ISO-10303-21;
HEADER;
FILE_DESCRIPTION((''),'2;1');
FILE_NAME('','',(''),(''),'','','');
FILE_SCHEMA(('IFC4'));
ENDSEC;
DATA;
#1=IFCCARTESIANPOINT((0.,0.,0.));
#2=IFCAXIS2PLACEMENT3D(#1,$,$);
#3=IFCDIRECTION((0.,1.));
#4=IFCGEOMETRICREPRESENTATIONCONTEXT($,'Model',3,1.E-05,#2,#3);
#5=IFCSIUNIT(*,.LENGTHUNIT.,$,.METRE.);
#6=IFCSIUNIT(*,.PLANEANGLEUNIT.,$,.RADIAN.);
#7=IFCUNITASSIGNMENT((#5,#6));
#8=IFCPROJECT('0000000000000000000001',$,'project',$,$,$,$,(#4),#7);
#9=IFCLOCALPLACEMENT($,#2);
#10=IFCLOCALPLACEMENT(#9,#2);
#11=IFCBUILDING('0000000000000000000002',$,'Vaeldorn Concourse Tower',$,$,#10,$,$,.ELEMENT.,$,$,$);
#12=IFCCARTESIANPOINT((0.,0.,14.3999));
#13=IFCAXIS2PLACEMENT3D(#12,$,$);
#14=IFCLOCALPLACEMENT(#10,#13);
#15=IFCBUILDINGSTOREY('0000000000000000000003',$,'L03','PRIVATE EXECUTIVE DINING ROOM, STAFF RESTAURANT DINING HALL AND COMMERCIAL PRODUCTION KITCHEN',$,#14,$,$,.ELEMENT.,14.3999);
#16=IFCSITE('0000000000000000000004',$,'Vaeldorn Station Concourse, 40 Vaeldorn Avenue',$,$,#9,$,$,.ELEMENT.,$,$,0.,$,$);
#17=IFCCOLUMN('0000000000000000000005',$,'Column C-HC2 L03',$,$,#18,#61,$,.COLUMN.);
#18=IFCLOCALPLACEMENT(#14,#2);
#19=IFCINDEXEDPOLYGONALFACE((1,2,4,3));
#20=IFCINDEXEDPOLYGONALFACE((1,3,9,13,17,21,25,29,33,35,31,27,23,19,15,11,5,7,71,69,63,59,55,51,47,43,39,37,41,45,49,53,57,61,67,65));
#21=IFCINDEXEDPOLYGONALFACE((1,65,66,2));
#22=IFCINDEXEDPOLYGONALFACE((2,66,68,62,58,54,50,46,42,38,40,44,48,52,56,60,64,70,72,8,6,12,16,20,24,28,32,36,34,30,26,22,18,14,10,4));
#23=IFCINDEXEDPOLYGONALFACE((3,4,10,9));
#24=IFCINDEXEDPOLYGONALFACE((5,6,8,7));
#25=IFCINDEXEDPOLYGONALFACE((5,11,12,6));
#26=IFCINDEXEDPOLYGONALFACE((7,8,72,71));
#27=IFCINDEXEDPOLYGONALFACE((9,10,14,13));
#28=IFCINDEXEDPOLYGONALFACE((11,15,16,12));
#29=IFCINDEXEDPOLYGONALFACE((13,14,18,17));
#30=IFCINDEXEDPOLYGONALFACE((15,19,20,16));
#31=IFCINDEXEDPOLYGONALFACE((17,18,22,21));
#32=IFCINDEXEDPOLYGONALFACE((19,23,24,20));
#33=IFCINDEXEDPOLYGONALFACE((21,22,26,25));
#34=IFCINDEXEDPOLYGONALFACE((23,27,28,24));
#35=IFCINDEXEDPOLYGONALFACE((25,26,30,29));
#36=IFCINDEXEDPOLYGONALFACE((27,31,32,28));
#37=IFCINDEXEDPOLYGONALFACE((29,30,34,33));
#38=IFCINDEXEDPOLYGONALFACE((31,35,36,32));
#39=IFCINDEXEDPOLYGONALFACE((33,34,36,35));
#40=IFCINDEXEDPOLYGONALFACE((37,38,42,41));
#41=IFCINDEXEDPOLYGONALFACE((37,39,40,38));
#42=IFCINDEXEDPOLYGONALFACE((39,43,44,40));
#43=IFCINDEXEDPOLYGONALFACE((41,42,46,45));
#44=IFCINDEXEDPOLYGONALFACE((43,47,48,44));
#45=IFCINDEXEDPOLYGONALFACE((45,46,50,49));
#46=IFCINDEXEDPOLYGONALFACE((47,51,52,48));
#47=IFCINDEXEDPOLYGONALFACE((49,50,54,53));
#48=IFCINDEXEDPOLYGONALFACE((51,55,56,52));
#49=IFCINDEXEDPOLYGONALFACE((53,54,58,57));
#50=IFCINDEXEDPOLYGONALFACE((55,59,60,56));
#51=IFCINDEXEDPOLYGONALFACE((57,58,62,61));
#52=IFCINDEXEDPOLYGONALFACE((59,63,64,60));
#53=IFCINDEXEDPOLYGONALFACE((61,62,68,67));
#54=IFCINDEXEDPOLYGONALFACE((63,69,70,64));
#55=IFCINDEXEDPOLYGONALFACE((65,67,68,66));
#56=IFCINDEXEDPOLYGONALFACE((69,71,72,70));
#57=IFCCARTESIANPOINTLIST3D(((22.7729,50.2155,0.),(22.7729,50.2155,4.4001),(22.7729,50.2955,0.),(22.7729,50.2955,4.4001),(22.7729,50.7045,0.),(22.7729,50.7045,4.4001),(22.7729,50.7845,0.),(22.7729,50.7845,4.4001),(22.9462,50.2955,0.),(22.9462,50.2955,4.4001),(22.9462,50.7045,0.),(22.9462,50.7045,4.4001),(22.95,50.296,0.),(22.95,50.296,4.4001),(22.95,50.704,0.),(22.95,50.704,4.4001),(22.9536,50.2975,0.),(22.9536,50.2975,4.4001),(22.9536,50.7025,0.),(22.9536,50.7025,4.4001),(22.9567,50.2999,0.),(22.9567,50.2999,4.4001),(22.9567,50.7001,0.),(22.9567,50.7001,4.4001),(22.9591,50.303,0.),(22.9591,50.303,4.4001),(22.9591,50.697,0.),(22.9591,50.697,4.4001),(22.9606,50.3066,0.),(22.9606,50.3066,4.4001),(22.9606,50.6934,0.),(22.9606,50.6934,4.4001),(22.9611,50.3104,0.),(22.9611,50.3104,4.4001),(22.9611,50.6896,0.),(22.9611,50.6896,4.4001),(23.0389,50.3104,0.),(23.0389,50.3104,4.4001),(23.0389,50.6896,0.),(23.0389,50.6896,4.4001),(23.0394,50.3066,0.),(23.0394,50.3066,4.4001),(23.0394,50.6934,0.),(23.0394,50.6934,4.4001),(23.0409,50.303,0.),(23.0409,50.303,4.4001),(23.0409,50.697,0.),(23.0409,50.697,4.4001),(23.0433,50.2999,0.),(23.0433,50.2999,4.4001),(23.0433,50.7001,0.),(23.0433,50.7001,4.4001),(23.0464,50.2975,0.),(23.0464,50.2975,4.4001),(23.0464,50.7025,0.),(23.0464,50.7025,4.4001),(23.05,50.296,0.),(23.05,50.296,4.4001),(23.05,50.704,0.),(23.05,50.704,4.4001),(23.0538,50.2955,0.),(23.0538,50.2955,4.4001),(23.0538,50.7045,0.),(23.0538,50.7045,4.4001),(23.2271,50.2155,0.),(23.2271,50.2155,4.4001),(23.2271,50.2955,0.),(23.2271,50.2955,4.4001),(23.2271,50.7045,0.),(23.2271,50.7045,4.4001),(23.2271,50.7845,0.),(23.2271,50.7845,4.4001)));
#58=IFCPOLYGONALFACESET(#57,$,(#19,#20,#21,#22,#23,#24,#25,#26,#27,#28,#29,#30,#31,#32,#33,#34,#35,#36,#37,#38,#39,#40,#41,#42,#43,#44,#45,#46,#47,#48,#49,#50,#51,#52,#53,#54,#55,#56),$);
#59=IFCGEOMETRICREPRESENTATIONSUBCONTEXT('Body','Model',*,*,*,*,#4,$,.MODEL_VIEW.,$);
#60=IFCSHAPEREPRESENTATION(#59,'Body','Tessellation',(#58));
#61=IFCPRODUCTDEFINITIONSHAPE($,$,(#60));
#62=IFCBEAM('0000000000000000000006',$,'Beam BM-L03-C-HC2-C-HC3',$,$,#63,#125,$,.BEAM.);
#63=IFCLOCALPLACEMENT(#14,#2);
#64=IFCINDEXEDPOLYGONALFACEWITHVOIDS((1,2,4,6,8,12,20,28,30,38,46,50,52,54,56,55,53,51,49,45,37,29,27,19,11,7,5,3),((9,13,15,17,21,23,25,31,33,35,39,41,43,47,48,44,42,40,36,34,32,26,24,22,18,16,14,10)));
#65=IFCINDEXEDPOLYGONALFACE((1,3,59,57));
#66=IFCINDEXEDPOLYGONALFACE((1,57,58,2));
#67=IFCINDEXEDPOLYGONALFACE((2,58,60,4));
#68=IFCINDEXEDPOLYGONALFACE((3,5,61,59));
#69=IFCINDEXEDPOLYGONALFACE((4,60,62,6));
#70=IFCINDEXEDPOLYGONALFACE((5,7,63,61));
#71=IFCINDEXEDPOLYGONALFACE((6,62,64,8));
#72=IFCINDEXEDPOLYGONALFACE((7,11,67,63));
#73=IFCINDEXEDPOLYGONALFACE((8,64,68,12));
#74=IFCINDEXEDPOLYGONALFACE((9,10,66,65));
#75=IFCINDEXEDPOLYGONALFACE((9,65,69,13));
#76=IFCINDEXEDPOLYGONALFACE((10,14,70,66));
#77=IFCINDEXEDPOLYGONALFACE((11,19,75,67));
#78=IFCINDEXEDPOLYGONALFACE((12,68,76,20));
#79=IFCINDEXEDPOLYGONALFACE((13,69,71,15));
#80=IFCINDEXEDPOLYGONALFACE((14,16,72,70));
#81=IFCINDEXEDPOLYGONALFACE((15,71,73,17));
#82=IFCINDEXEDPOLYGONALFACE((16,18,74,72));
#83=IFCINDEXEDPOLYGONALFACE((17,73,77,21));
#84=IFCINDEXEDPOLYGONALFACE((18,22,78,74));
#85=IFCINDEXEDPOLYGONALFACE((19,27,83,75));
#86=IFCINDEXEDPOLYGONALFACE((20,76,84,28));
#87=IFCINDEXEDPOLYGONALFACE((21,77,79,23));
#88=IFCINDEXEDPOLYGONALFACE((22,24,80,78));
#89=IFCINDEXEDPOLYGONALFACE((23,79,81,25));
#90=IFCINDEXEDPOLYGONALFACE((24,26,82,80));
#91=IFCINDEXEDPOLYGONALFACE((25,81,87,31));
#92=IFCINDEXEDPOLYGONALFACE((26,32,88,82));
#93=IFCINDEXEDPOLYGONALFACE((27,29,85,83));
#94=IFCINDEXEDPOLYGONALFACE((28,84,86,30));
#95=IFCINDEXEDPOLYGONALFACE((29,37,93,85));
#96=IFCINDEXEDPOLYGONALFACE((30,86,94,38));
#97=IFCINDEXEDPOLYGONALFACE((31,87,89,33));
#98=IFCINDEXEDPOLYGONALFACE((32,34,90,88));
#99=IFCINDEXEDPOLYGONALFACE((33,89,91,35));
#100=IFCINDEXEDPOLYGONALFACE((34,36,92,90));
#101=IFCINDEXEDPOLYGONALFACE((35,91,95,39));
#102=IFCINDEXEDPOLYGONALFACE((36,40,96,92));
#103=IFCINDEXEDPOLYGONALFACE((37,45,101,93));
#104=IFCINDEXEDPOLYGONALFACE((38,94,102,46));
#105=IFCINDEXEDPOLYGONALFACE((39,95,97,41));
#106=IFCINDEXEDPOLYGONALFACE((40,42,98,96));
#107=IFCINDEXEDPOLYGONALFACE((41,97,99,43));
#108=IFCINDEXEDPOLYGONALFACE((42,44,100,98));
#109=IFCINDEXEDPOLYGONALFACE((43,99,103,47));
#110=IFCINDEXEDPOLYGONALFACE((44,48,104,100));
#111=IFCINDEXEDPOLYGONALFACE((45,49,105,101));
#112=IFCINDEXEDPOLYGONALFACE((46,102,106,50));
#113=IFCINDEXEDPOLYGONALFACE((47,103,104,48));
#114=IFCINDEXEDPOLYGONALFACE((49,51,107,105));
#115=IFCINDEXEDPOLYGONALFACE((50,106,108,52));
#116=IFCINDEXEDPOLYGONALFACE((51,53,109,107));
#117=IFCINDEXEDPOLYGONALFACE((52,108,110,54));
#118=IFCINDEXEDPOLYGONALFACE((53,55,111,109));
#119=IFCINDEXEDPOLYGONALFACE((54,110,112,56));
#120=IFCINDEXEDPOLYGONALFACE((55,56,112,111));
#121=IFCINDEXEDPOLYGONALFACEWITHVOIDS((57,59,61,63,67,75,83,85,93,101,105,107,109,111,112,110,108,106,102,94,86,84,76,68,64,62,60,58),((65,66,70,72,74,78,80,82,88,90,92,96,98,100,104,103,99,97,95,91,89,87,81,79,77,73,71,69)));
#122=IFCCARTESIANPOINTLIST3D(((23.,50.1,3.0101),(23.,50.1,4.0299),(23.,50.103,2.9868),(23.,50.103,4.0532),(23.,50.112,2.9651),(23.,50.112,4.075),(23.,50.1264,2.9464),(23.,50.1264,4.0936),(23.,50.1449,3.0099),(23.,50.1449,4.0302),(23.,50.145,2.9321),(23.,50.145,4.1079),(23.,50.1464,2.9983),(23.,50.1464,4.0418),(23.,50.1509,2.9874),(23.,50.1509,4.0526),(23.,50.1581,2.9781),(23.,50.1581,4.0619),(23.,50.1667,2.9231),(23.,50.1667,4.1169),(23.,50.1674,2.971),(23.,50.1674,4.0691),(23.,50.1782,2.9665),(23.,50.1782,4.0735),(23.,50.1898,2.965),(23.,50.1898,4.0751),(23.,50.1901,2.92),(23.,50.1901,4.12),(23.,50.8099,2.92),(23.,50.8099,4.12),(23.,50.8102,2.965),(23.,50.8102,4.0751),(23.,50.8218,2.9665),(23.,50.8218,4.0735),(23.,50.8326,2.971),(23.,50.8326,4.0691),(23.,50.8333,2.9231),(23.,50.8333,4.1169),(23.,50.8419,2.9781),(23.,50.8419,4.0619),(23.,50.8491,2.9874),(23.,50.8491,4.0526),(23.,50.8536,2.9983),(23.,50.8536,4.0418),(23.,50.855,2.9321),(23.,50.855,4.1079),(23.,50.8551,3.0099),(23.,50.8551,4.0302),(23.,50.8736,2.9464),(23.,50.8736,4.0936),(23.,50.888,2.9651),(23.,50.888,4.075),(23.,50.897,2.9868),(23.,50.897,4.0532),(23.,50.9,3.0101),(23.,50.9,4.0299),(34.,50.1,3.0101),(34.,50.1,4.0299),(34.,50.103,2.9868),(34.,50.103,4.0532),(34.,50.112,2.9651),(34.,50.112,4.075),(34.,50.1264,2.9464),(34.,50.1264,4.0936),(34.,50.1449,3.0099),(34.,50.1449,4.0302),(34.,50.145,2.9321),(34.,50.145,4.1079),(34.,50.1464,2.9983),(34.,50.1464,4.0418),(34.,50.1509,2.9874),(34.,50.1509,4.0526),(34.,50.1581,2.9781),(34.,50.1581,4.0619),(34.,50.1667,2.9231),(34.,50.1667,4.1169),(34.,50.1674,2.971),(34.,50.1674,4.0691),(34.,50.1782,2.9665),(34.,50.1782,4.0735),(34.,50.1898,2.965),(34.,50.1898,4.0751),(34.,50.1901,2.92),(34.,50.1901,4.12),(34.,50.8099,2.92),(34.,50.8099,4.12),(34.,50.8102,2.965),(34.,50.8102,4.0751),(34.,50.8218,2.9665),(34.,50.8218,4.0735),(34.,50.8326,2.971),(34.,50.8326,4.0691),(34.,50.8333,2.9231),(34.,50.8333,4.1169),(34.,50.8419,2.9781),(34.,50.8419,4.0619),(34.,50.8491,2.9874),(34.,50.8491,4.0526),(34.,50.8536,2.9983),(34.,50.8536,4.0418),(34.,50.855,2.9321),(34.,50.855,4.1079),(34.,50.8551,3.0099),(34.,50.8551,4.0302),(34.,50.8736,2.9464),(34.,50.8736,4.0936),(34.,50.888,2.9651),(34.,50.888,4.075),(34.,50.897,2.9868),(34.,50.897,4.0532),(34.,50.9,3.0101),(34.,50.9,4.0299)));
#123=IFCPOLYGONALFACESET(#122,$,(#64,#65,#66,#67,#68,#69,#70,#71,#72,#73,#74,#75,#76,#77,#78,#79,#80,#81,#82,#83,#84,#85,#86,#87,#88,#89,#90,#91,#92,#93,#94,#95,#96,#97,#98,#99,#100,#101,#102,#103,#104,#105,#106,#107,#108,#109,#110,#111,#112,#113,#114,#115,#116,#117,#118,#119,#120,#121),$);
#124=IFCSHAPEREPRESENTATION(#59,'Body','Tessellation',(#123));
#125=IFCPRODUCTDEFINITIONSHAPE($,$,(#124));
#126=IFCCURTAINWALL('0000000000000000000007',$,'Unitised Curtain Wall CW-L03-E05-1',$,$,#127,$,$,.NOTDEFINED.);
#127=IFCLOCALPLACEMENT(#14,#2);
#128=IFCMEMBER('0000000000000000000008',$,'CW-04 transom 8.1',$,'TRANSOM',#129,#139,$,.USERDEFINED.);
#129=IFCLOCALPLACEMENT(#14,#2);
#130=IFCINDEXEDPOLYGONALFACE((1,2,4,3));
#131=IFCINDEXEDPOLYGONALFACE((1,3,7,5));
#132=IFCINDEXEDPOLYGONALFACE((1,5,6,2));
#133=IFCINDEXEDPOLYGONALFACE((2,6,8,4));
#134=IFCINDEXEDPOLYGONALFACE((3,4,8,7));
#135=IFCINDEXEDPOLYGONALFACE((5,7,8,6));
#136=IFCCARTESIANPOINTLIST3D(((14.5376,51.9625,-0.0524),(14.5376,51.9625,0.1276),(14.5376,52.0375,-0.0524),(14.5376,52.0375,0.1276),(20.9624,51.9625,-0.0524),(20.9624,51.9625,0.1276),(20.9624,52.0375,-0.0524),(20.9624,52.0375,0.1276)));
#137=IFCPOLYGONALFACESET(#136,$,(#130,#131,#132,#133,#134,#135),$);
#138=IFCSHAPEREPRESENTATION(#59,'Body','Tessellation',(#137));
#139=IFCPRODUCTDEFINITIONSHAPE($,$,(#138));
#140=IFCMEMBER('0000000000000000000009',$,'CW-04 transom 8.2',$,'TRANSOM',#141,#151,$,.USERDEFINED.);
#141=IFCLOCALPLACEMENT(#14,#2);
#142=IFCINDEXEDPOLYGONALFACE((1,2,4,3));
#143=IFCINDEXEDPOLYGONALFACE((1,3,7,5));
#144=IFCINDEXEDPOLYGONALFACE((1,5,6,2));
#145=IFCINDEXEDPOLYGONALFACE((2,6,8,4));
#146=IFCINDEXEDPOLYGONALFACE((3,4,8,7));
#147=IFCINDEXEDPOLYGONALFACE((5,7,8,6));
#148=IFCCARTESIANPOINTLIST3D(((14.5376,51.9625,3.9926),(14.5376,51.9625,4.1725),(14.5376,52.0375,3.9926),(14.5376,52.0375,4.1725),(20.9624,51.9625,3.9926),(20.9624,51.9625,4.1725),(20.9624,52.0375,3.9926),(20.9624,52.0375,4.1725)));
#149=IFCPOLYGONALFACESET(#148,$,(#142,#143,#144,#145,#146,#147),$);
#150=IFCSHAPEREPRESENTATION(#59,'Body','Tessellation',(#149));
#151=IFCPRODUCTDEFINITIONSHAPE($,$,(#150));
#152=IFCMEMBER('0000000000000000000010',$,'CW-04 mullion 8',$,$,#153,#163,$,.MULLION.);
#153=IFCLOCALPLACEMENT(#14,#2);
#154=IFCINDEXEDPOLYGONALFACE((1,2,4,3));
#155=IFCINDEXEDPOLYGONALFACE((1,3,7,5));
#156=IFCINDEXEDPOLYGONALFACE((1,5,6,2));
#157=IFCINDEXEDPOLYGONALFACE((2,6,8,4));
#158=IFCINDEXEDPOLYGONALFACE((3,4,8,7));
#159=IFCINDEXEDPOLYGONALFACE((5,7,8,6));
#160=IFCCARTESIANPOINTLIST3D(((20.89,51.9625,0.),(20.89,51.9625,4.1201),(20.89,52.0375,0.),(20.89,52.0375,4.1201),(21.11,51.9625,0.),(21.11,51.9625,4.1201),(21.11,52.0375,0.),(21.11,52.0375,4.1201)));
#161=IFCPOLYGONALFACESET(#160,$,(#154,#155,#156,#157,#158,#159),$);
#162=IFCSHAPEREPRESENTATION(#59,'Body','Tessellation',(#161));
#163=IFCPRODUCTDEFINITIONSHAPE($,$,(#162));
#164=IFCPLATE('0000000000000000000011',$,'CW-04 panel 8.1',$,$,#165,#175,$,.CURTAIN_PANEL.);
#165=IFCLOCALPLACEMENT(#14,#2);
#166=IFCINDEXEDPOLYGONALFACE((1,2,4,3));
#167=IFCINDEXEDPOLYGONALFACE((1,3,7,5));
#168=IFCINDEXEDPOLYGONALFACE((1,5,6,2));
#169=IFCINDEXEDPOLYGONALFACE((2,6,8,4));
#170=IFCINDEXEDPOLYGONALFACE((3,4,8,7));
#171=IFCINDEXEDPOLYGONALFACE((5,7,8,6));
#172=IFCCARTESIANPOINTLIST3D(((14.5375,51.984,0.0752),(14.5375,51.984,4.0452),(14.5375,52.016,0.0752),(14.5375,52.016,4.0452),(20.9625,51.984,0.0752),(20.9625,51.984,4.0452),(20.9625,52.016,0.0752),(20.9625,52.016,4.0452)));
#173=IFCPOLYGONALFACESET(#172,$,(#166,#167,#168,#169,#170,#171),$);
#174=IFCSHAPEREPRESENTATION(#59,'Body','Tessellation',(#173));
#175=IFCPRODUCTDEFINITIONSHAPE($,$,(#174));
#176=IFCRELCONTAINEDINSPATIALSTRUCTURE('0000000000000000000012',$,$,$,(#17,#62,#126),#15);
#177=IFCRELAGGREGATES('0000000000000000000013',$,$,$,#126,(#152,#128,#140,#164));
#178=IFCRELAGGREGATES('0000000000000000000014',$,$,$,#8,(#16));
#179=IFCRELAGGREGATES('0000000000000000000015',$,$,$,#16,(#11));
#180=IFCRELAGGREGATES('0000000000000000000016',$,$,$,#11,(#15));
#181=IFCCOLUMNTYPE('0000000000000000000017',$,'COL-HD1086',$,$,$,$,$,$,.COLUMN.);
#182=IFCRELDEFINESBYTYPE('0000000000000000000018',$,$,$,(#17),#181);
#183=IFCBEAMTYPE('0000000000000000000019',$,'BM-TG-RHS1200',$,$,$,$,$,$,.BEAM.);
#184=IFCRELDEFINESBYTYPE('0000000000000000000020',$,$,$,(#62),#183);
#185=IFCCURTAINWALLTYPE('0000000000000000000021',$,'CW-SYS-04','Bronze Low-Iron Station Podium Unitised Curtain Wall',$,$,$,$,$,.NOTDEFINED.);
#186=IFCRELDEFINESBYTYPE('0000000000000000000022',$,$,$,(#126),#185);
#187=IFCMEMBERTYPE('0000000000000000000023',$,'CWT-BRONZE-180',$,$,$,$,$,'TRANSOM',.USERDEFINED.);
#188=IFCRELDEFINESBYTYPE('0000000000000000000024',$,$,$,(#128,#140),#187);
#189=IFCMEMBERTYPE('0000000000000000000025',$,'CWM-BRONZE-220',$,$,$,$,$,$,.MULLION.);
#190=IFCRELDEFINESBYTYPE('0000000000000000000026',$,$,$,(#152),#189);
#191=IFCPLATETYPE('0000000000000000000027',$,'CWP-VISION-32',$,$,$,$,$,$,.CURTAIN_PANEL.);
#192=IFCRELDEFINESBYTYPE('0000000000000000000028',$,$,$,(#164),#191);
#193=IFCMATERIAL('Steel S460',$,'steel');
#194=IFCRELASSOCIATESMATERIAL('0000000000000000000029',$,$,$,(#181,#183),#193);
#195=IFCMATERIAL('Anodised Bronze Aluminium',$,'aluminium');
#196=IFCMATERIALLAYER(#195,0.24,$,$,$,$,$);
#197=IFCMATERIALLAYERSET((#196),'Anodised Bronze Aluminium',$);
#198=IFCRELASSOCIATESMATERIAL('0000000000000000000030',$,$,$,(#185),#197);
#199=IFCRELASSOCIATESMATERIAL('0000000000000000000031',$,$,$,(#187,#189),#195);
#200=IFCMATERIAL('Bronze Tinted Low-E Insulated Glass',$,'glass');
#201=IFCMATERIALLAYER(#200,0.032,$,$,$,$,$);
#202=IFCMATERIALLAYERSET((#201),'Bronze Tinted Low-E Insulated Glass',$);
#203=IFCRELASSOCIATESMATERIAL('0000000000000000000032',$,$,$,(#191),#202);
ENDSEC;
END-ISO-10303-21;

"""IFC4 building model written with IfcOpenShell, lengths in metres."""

from ifc_helpers import new_model, si_unit, direction, frame, origin, origin_2d, place, context, subcontext, project, spatial, rectangle, hollow_rectangle, i_section, extrude, source, transform, mapped, material, layer, layer_set, material_profile, profile_set, type_object, element, aggregate, save


model = new_model("IFC4")

# Units and contexts
model_context = context("Model", 3, precision=1e-05, world=origin(), true_north=direction((0.0, 1.0)))
body_context = subcontext(model_context, "Body", "Model", "MODEL_VIEW")
ifc_project = project(units=[si_unit("LENGTHUNIT", "METRE"), si_unit("PLANEANGLEUNIT", "RADIAN")], contexts=[model_context])

# Site, building, storey
site_placement = place(None, origin())
site = spatial("IfcSite", under=ifc_project, at=site_placement, Name="Vaeldorn Station Concourse, 40 Vaeldorn Avenue", CompositionType="ELEMENT", RefElevation=0.0)
building_placement = place(site_placement, origin())
building = spatial("IfcBuilding", under=site, at=building_placement, Name="Vaeldorn Concourse Tower", CompositionType="ELEMENT")
storey_placement = place(building_placement, frame((0.0, 0.0, 14.3999)))
storey = spatial("IfcBuildingStorey", under=building, at=storey_placement, Name="L03", Description="PRIVATE EXECUTIVE DINING ROOM, STAFF RESTAURANT DINING HALL AND COMMERCIAL PRODUCTION KITCHEN", CompositionType="ELEMENT", Elevation=14.3999)

# Column
ifc_material_1 = material(Name="Steel S460", Category="steel")
ifc_material_profile_1 = material_profile(ifc_material_1, i_section(OverallWidth=0.4541, OverallDepth=0.5691, WebThickness=0.0779, FlangeThickness=0.0801, FilletRadius=0.0149, at=origin_2d()), Name="HD 400x1086")
ifc_profile_set_1 = profile_set([ifc_material_profile_1], Name="Steel S460")
column_type = type_object("IfcColumnType", Name="COL-HD1086", PredefinedType="COLUMN", material=ifc_profile_set_1)
shared_shape_1 = source(origin(), body_context, "Body", "SweptSolid", [
    extrude(i_section(OverallWidth=0.4541, OverallDepth=0.5691, WebThickness=0.0779, FlangeThickness=0.0801, FilletRadius=0.0149, at=origin_2d()), origin(), (0.0, 0.0, 1.0), 4.4001),
])
column_placement = place(storey_placement, frame((23.0, 50.5, 0.0), z_axis=(0.0, 0.0, 1.0), x_axis=(1.0, 0.0, 0.0)))
element("IfcColumn", 1, at=column_placement, inside=storey, type_object=column_type, Name="Column C-HC2 L03", PredefinedType="COLUMN", context=body_context, shape_type="MappedRepresentation", body=[
    mapped(shared_shape_1, transform((0.0, 0.0, 0.0), scale=1.0)),
])

# Beam
ifc_material_profile_2 = material_profile(ifc_material_1, hollow_rectangle(XDim=0.8, YDim=1.2, WallThickness=0.0449, InnerFilletRadius=0.0449, OuterFilletRadius=0.0901, at=origin_2d()), Name="RHS 1200x800x45")
ifc_profile_set_2 = profile_set([ifc_material_profile_2], Name="Steel S460")
beam_type = type_object("IfcBeamType", Name="BM-TG-RHS1200", PredefinedType="BEAM", material=ifc_profile_set_2)
shared_shape_2 = source(origin(), body_context, "Body", "SweptSolid", [
    extrude(hollow_rectangle(XDim=0.8, YDim=1.2, WallThickness=0.0449, InnerFilletRadius=0.0449, OuterFilletRadius=0.0901, at=origin_2d()), origin(), (0.0, 0.0, 1.0), 11.0),
])
beam_placement = place(storey_placement, frame((23.0, 50.5, 3.52), z_axis=(1.0, 0.0, 0.0), x_axis=(0.0, 1.0, 0.0)))
element("IfcBeam", 2, at=beam_placement, inside=storey, type_object=beam_type, Name="Beam BM-L03-C-HC2-C-HC3", PredefinedType="BEAM", context=body_context, shape_type="MappedRepresentation", body=[
    mapped(shared_shape_2, transform((0.0, 0.0, 0.0), scale=1.0)),
])

# Curtain wall, members, plate
ifc_material_2 = material(Name="Anodised Bronze Aluminium", Category="aluminium")
ifc_layer_1 = layer(ifc_material_2, 0.24)
ifc_layer_set_1 = layer_set([ifc_layer_1], Name="Anodised Bronze Aluminium")
curtain_wall_type = type_object("IfcCurtainWallType", Name="CW-SYS-04", Description="Bronze Low-Iron Station Podium Unitised Curtain Wall", PredefinedType="NOTDEFINED", material=ifc_layer_set_1)
curtain_wall_placement = place(storey_placement, origin())
curtain_wall = element("IfcCurtainWall", 3, at=curtain_wall_placement, inside=storey, type_object=curtain_wall_type, Name="Unitised Curtain Wall CW-L03-E05-1", PredefinedType="NOTDEFINED")
ifc_material_profile_3 = material_profile(ifc_material_2, rectangle(XDim=0.075, YDim=0.1799, at=origin_2d()), Name="CWT 75x180")
ifc_profile_set_3 = profile_set([ifc_material_profile_3], Name="Anodised Bronze Aluminium")
member_type_1 = type_object("IfcMemberType", Name="CWT-BRONZE-180", ElementType="TRANSOM", PredefinedType="USERDEFINED", material=ifc_profile_set_3)
shared_shape_3 = source(origin(), body_context, "Body", "SweptSolid", [
    extrude(rectangle(XDim=0.075, YDim=0.1799, at=origin_2d()), origin(), (0.0, 0.0, 1.0), 6.4248),
])
member_1_placement = place(storey_placement, frame((20.9624, 52.0, 0.0376), z_axis=(-1.0, 0.0, 0.0), x_axis=(0.0, -1.0, 0.0)))
member_1 = element("IfcMember", 4, at=member_1_placement, type_object=member_type_1, Name="CW-04 transom 8.1", ObjectType="TRANSOM", PredefinedType="USERDEFINED", context=body_context, shape_type="MappedRepresentation", body=[
    mapped(shared_shape_3, transform((0.0, 0.0, 0.0), scale=1.0)),
])
member_2_placement = place(storey_placement, frame((20.9624, 52.0, 4.0825), z_axis=(-1.0, 0.0, 0.0), x_axis=(0.0, -1.0, 0.0)))
member_2 = element("IfcMember", 5, at=member_2_placement, type_object=member_type_1, Name="CW-04 transom 8.2", ObjectType="TRANSOM", PredefinedType="USERDEFINED", context=body_context, shape_type="MappedRepresentation", body=[
    mapped(shared_shape_3, transform((0.0, 0.0, 0.0), scale=1.0)),
])
ifc_material_profile_4 = material_profile(ifc_material_2, rectangle(XDim=0.075, YDim=0.22, at=origin_2d()), Name="CWM 75x220")
ifc_profile_set_4 = profile_set([ifc_material_profile_4], Name="Anodised Bronze Aluminium")
member_type_2 = type_object("IfcMemberType", Name="CWM-BRONZE-220", PredefinedType="MULLION", material=ifc_profile_set_4)
shared_shape_4 = source(origin(), body_context, "Body", "SweptSolid", [
    extrude(rectangle(XDim=0.075, YDim=0.22, at=origin_2d()), origin(), (0.0, 0.0, 1.0), 4.1201),
])
member_3_placement = place(storey_placement, frame((21.0, 52.0, 0.0), z_axis=(0.0, 0.0, 1.0), x_axis=(0.0, -1.0, 0.0)))
member_3 = element("IfcMember", 6, at=member_3_placement, type_object=member_type_2, Name="CW-04 mullion 8", PredefinedType="MULLION", context=body_context, shape_type="MappedRepresentation", body=[
    mapped(shared_shape_4, transform((0.0, 0.0, 0.0), scale=1.0)),
])
ifc_material_3 = material(Name="Bronze Tinted Low-E Insulated Glass", Category="glass")
ifc_layer_2 = layer(ifc_material_3, 0.032)
ifc_layer_set_2 = layer_set([ifc_layer_2], Name="Bronze Tinted Low-E Insulated Glass")
plate_type = type_object("IfcPlateType", Name="CWP-VISION-32", PredefinedType="CURTAIN_PANEL", material=ifc_layer_set_2)
shared_shape_5 = source(origin(), body_context, "Body", "SweptSolid", [
    extrude(rectangle(XDim=6.425, YDim=0.032, at=origin_2d()), origin(), (0.0, 0.0, 1.0), 3.97),
])
plate_placement = place(storey_placement, frame((17.75, 52.0, 0.0752), z_axis=(0.0, 0.0, 1.0), x_axis=(-1.0, 0.0, 0.0)))
plate = element("IfcPlate", 7, at=plate_placement, type_object=plate_type, Name="CW-04 panel 8.1", PredefinedType="CURTAIN_PANEL", context=body_context, shape_type="MappedRepresentation", body=[
    mapped(shared_shape_5, transform((0.0, 0.0, 0.0), scale=1.0)),
])
aggregate(curtain_wall, [member_3, member_1, member_2, plate])

save(model, "model.ifc")
